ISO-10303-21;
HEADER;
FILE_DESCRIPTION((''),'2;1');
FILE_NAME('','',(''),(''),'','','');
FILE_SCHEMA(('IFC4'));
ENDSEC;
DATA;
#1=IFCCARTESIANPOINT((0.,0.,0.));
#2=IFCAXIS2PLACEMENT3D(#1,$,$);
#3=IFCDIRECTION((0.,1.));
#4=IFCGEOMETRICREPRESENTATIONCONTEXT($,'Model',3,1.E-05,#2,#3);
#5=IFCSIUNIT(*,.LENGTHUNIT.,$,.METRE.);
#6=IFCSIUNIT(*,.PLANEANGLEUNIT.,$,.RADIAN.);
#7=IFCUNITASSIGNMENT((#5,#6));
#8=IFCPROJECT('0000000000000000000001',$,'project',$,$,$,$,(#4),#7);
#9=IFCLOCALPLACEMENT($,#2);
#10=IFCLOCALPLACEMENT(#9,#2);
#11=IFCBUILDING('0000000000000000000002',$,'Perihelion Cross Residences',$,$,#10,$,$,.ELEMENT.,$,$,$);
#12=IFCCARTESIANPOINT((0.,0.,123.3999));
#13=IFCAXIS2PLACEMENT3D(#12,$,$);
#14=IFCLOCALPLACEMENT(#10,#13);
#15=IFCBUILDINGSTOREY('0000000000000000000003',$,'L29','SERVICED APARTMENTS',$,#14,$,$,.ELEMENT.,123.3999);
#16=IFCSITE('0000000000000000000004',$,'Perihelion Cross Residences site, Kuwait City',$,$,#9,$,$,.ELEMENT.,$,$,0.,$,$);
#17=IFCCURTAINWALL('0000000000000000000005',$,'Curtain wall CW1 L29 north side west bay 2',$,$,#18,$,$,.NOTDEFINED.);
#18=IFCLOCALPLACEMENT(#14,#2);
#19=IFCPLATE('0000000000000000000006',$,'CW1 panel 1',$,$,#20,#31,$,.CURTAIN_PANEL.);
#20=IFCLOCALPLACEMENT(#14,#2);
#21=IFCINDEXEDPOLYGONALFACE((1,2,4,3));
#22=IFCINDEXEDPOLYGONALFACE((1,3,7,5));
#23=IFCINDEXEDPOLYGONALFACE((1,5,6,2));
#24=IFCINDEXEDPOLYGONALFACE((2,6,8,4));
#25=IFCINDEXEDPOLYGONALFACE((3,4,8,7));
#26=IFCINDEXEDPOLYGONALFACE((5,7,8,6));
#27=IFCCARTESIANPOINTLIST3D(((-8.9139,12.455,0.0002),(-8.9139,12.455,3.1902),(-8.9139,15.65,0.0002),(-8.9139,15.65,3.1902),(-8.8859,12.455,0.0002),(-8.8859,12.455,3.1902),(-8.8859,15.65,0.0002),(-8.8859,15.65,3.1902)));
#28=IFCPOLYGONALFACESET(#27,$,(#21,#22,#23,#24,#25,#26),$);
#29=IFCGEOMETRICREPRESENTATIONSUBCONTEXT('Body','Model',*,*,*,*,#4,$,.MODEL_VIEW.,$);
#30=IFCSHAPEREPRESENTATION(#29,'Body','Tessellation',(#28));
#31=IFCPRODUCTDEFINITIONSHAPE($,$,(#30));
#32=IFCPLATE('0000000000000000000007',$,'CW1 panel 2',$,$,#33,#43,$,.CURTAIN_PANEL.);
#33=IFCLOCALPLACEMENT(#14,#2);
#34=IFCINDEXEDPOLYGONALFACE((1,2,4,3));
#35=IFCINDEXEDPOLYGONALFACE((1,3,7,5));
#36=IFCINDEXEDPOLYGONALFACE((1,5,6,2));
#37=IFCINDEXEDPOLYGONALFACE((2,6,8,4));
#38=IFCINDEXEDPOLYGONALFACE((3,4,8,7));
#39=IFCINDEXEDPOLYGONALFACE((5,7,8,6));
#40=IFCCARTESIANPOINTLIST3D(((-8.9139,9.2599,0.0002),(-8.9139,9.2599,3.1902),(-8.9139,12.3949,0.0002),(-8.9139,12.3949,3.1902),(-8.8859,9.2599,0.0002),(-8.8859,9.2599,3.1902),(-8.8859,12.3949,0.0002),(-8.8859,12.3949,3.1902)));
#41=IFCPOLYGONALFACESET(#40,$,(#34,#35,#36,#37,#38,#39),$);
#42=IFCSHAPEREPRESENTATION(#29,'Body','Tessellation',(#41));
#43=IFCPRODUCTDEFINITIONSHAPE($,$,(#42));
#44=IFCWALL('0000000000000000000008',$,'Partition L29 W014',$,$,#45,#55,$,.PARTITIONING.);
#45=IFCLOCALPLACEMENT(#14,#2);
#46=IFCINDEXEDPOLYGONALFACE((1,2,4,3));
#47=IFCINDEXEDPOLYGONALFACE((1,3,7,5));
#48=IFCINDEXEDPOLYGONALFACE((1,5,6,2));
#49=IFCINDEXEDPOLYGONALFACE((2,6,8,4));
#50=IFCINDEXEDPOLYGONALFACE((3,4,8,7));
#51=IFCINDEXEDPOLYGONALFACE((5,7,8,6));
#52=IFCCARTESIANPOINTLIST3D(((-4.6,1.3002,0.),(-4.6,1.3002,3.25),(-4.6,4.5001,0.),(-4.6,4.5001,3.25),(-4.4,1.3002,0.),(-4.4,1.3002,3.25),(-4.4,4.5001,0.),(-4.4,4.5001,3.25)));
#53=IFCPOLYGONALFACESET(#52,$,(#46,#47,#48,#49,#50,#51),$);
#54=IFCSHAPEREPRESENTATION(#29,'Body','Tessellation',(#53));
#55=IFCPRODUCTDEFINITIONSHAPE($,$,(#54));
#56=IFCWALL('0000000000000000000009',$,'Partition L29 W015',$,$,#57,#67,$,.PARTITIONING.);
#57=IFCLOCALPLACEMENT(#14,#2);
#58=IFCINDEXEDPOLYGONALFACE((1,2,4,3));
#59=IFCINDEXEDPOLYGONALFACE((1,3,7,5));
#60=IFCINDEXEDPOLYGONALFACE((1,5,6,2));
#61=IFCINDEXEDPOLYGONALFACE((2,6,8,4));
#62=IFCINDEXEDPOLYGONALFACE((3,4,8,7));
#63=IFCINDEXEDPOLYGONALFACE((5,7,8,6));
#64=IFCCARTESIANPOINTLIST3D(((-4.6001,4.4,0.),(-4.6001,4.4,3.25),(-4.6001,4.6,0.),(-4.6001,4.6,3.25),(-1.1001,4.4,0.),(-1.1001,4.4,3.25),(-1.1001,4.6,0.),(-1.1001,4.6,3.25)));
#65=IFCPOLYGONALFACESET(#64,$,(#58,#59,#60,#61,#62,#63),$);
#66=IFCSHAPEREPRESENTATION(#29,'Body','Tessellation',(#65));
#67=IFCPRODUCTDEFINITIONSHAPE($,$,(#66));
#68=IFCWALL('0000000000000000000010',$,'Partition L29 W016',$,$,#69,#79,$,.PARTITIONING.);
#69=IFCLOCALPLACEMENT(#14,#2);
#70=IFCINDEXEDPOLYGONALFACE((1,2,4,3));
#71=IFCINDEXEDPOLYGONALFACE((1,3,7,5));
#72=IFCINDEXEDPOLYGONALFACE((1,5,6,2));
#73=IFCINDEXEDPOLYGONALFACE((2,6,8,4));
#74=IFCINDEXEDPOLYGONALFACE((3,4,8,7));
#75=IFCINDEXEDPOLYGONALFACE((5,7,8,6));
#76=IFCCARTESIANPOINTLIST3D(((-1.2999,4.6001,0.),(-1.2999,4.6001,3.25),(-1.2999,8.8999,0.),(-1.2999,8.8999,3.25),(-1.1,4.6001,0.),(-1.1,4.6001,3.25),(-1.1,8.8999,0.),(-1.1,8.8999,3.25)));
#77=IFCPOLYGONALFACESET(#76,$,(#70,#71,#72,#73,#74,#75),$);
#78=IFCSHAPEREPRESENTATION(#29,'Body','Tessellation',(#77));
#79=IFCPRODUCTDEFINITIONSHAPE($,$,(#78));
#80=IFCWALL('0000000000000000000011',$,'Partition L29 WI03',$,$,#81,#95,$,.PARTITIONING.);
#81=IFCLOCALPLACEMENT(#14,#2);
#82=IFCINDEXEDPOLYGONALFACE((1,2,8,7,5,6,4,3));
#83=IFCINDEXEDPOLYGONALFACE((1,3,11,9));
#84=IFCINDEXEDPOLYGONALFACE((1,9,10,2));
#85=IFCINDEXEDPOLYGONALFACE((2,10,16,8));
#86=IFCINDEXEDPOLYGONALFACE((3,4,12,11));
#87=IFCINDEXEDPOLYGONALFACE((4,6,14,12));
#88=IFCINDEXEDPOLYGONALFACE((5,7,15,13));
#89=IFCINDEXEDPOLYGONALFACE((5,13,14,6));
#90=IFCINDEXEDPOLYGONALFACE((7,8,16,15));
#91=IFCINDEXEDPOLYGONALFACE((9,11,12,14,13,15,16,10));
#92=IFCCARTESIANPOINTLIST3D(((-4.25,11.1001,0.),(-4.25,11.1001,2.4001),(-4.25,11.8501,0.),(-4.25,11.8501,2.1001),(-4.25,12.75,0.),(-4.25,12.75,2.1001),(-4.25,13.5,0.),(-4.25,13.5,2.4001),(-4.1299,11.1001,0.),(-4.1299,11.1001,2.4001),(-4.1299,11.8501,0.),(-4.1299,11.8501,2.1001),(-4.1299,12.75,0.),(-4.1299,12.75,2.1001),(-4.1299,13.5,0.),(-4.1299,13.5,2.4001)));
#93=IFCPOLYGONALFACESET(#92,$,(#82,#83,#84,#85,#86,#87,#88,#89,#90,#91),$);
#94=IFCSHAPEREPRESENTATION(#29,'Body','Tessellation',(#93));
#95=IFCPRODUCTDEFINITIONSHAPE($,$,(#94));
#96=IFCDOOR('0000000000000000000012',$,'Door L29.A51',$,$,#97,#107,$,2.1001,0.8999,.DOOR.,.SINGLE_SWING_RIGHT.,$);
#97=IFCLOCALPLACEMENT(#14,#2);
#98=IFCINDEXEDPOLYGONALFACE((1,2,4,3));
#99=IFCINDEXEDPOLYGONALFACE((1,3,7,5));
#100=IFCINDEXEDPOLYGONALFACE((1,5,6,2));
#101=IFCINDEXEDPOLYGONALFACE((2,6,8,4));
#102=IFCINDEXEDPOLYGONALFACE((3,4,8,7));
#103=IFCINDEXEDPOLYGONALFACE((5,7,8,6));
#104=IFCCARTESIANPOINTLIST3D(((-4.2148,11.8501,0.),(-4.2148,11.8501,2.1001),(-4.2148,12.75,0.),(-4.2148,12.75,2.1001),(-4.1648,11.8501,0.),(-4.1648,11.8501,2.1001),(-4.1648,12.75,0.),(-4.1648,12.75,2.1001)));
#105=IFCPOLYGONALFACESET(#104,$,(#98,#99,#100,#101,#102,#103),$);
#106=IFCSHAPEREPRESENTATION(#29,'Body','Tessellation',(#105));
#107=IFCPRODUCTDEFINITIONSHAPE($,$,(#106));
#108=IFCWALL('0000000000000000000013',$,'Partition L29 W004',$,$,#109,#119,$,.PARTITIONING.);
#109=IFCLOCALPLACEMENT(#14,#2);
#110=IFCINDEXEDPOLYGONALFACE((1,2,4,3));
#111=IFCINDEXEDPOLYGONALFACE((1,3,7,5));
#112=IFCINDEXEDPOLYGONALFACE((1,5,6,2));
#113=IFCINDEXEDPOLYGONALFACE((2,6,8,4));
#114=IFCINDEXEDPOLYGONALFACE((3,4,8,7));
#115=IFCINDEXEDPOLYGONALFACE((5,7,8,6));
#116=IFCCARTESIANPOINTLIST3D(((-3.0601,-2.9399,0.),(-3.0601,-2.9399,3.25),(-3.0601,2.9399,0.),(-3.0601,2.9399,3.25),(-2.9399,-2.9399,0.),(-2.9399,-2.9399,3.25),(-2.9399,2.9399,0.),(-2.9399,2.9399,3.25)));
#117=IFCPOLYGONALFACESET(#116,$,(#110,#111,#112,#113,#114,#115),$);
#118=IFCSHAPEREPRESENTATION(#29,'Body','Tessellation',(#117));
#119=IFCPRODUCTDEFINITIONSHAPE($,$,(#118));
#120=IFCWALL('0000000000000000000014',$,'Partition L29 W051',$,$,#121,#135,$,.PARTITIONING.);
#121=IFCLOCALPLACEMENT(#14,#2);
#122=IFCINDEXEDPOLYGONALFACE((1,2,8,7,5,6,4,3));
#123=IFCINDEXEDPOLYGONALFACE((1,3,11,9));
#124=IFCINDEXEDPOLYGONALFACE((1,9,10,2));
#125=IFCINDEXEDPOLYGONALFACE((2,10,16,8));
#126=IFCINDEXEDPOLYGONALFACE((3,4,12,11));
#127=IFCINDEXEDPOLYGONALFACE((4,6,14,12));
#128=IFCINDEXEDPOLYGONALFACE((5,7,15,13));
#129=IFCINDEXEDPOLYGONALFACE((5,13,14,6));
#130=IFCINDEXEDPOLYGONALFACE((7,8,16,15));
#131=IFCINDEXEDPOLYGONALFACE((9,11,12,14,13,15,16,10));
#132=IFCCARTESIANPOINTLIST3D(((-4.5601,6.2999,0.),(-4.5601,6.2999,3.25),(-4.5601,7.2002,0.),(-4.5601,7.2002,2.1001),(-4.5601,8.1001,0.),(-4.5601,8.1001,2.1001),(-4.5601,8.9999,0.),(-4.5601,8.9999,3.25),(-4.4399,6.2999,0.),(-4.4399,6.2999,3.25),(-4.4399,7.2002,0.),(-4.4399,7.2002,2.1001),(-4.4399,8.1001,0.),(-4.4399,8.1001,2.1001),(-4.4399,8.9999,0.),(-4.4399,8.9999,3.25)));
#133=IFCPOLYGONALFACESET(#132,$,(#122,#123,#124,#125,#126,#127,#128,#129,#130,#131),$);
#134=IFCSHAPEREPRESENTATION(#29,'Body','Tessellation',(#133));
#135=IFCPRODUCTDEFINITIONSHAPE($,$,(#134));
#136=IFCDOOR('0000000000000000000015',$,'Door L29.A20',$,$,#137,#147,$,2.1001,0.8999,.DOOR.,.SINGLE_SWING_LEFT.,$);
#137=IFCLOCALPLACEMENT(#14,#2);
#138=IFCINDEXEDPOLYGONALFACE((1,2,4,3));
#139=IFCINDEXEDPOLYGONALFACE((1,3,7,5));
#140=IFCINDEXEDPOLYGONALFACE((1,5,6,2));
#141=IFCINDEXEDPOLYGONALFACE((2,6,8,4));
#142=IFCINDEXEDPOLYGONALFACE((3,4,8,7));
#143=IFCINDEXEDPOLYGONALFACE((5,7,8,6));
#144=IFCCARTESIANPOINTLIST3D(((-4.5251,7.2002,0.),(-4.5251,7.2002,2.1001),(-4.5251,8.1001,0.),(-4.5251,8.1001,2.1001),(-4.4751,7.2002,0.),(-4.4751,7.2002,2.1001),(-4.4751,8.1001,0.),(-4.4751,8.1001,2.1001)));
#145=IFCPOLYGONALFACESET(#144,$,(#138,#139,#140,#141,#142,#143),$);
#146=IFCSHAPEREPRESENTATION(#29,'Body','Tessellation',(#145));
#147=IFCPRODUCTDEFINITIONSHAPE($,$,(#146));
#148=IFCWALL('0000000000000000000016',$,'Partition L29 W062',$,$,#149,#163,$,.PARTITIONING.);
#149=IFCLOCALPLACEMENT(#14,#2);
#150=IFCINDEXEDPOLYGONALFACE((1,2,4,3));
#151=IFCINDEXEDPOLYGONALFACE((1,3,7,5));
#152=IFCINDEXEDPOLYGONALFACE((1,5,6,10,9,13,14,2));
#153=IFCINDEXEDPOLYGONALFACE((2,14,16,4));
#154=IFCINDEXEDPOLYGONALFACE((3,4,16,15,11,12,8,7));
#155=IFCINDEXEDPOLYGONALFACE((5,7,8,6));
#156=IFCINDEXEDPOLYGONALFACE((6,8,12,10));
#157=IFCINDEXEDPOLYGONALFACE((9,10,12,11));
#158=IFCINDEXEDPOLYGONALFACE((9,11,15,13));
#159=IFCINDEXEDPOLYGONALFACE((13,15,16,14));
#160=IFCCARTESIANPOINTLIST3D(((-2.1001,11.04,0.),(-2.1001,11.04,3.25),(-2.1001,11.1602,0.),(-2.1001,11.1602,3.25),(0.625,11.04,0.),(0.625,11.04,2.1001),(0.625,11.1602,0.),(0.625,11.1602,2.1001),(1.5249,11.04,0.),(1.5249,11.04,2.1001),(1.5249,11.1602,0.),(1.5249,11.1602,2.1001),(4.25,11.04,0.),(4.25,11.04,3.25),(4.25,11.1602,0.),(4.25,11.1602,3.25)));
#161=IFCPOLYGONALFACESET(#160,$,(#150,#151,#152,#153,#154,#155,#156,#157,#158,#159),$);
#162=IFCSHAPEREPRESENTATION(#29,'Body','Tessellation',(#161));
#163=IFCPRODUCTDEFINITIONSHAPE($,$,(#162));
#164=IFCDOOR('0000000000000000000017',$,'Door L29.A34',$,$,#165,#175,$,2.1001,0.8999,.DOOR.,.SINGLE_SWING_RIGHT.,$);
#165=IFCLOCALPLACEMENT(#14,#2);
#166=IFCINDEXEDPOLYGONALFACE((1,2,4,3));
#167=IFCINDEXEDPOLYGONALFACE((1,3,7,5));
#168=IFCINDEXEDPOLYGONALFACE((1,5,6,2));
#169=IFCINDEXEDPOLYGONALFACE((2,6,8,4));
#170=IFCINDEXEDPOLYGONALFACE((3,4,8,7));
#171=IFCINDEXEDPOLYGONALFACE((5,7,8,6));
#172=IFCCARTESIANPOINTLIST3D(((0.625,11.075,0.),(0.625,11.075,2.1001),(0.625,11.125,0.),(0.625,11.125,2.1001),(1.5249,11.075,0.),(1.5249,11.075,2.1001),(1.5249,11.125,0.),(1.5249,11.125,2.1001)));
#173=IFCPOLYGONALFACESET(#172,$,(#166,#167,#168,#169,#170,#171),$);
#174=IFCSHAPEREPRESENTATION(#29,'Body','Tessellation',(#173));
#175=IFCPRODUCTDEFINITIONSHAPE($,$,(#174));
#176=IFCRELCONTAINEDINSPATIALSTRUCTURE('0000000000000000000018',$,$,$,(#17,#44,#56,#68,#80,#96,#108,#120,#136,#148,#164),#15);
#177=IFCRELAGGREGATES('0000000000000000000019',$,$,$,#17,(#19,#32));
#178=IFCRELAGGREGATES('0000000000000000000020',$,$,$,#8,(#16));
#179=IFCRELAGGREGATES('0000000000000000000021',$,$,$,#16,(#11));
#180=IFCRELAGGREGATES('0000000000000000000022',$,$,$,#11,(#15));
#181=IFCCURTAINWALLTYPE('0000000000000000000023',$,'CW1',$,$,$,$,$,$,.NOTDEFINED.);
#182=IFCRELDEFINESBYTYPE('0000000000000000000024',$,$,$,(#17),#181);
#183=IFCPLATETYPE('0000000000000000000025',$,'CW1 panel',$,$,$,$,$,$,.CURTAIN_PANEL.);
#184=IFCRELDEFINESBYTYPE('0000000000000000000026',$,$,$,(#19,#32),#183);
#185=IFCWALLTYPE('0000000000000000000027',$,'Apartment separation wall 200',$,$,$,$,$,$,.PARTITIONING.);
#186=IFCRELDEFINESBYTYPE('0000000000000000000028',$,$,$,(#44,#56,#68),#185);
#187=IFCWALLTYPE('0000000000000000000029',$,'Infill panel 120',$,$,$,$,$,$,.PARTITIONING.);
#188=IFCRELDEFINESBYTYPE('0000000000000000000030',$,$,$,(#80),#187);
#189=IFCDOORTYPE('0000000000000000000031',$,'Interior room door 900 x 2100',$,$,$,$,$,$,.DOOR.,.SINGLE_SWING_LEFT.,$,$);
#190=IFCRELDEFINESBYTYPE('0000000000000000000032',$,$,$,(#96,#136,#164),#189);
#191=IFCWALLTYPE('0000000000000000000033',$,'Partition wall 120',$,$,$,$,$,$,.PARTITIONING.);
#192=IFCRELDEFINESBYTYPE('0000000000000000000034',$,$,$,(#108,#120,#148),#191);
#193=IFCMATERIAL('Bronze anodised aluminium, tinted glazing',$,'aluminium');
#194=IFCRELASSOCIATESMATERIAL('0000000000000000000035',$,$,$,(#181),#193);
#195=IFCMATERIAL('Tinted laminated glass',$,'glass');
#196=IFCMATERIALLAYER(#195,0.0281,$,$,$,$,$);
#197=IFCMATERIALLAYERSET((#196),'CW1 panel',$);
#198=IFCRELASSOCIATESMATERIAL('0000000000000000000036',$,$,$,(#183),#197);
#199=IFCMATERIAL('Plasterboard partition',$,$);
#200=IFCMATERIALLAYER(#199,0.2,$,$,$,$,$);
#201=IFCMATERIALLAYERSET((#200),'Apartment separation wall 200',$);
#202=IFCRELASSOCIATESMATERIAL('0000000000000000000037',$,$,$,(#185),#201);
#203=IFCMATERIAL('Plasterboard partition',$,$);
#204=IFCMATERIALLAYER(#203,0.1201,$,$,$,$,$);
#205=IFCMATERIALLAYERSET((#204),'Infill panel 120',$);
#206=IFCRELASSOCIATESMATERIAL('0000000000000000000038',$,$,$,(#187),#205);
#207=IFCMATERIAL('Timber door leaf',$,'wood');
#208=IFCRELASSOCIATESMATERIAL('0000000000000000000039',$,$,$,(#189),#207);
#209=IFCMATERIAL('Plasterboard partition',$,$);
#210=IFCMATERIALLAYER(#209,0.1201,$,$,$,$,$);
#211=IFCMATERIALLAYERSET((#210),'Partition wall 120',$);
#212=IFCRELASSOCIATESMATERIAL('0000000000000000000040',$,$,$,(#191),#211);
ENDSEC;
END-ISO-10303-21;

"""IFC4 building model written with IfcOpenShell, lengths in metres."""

from ifc_helpers import new_model, si_unit, direction, frame, frame_2d, origin, origin_2d, place, context, subcontext, project, spatial, rectangle, extrude, material, layer, layer_set, type_object, element, fill, aggregate, save


model = new_model("IFC4")

# Units and contexts
model_context = context("Model", 3, precision=1e-05, world=origin(), true_north=direction((0.0, 1.0)))
body_context = subcontext(model_context, "Body", "Model", "MODEL_VIEW")
ifc_project = project(units=[si_unit("LENGTHUNIT", "METRE"), si_unit("PLANEANGLEUNIT", "RADIAN")], contexts=[model_context])

# Site, building, storey
site_placement = place(None, origin())
site = spatial("IfcSite", under=ifc_project, at=site_placement, Name="Perihelion Cross Residences site, Kuwait City", CompositionType="ELEMENT", RefElevation=0.0)
building_placement = place(site_placement, origin())
building = spatial("IfcBuilding", under=site, at=building_placement, Name="Perihelion Cross Residences", CompositionType="ELEMENT")
storey_placement = place(building_placement, frame((0.0, 0.0, 123.3999)))
storey = spatial("IfcBuildingStorey", under=building, at=storey_placement, Name="L29", Description="SERVICED APARTMENTS", CompositionType="ELEMENT", Elevation=123.3999)

# Curtain wall
ifc_material_1 = material(Name="Bronze anodised aluminium, tinted glazing", Category="aluminium")
curtain_wall_type = type_object("IfcCurtainWallType", Name="CW1", PredefinedType="NOTDEFINED", material=ifc_material_1)
curtain_wall_placement = place(storey_placement, origin())
curtain_wall = element("IfcCurtainWall", 1, at=curtain_wall_placement, inside=storey, type_object=curtain_wall_type, Name="Curtain wall CW1 L29 north side west bay 2", PredefinedType="NOTDEFINED")

# Plates
ifc_material_2 = material(Name="Tinted laminated glass", Category="glass")
ifc_layer_1 = layer(ifc_material_2, 0.0281)
ifc_layer_set_1 = layer_set([ifc_layer_1], Name="CW1 panel")
plate_type = type_object("IfcPlateType", Name="CW1 panel", PredefinedType="CURTAIN_PANEL", material=ifc_layer_set_1)
plate_1_placement = place(storey_placement, frame((-8.8999, 14.0525, 0.0002), z_axis=(0.0, 0.0, 1.0), x_axis=(0.0, -1.0, 0.0)))
plate_1 = element("IfcPlate", 2, at=plate_1_placement, type_object=plate_type, Name="CW1 panel 1", PredefinedType="CURTAIN_PANEL", context=body_context, shape_type="SweptSolid", body=[
    extrude(rectangle(XDim=3.1951, YDim=0.0281, at=origin_2d()), origin(), (0.0, 0.0, 1.0), 3.1899),
])
plate_2_placement = place(storey_placement, frame((-8.8999, 10.8274, 0.0002), z_axis=(0.0, 0.0, 1.0), x_axis=(0.0, -1.0, 0.0)))
plate_2 = element("IfcPlate", 3, at=plate_2_placement, type_object=plate_type, Name="CW1 panel 2", PredefinedType="CURTAIN_PANEL", context=body_context, shape_type="SweptSolid", body=[
    extrude(rectangle(XDim=3.135, YDim=0.0281, at=origin_2d()), origin(), (0.0, 0.0, 1.0), 3.1899),
])
aggregate(curtain_wall, [plate_1, plate_2])

# Walls
ifc_material_3 = material(Name="Plasterboard partition")
ifc_layer_2 = layer(ifc_material_3, 0.2)
ifc_layer_set_2 = layer_set([ifc_layer_2], Name="Apartment separation wall 200")
wall_type_1 = type_object("IfcWallType", Name="Apartment separation wall 200", PredefinedType="PARTITIONING", material=ifc_layer_set_2)
wall_1_placement = place(storey_placement, frame((-4.5, 1.3, 0.0), z_axis=(0.0, 0.0, 1.0), x_axis=(0.0, 1.0, 0.0)))
element("IfcWall", 4, at=wall_1_placement, inside=storey, type_object=wall_type_1, Name="Partition L29 W014", PredefinedType="PARTITIONING", context=body_context, shape_type="SweptSolid", body=[
    extrude(rectangle(XDim=3.2, YDim=0.2, at=frame_2d((1.6001, 0.0))), origin(), (0.0, 0.0, 1.0), 3.25),
])
wall_2_placement = place(storey_placement, frame((-4.6001, 4.5, 0.0), z_axis=(0.0, 0.0, 1.0), x_axis=(1.0, 0.0, 0.0)))
element("IfcWall", 5, at=wall_2_placement, inside=storey, type_object=wall_type_1, Name="Partition L29 W015", PredefinedType="PARTITIONING", context=body_context, shape_type="SweptSolid", body=[
    extrude(rectangle(XDim=3.5, YDim=0.2, at=frame_2d((1.75, 0.0))), origin(), (0.0, 0.0, 1.0), 3.25),
])
wall_3_placement = place(storey_placement, frame((-1.2, 4.6001, 0.0), z_axis=(0.0, 0.0, 1.0), x_axis=(0.0, 1.0, 0.0)))
element("IfcWall", 6, at=wall_3_placement, inside=storey, type_object=wall_type_1, Name="Partition L29 W016", PredefinedType="PARTITIONING", context=body_context, shape_type="SweptSolid", body=[
    extrude(rectangle(XDim=4.2998, YDim=0.2, at=frame_2d((2.1499, 0.0))), origin(), (0.0, 0.0, 1.0), 3.25),
])

# Wall, opening, door
ifc_material_4 = material(Name="Plasterboard partition")
ifc_layer_3 = layer(ifc_material_4, 0.1201)
ifc_layer_set_3 = layer_set([ifc_layer_3], Name="Infill panel 120")
wall_type_2 = type_object("IfcWallType", Name="Infill panel 120", PredefinedType="PARTITIONING", material=ifc_layer_set_3)
wall_4_placement = place(storey_placement, frame((-4.1899, 11.1001, 0.0), z_axis=(0.0, 0.0, 1.0), x_axis=(0.0, 1.0, 0.0)))
wall_4 = element("IfcWall", 7, at=wall_4_placement, inside=storey, type_object=wall_type_2, Name="Partition L29 WI03", PredefinedType="PARTITIONING", context=body_context, shape_type="SweptSolid", body=[
    extrude(rectangle(XDim=2.3999, YDim=0.1201, at=frame_2d((1.2, 0.0))), origin(), (0.0, 0.0, 1.0), 2.4001),
])
opening_1_placement = place(wall_4_placement, frame((0.75, 0.0, 0.0)))
opening_1 = element("IfcOpeningElement", 8, at=opening_1_placement, cuts=wall_4, PredefinedType="OPENING", context=body_context, shape_type="SweptSolid", body=[
    extrude(rectangle(XDim=0.8999, YDim=2.1001, at=frame_2d((0.45, 1.05))), frame((0.0, 0.0701, 0.0), z_axis=(0.0, -1.0, 0.0), x_axis=(1.0, 0.0, 0.0)), (0.0, 0.0, 1.0), 0.1401),
])
ifc_material_5 = material(Name="Timber door leaf", Category="wood")
door_type_1 = type_object("IfcDoorType", Name="Interior room door 900 x 2100", OperationType="SINGLE_SWING_LEFT", PredefinedType="DOOR", material=ifc_material_5)
door_1_placement = place(opening_1_placement, origin())
door_1 = element("IfcDoor", 9, at=door_1_placement, inside=storey, type_object=door_type_1, Name="Door L29.A51", OperationType="SINGLE_SWING_RIGHT", OverallHeight=2.1001, OverallWidth=0.8999, PredefinedType="DOOR", context=body_context, shape_type="SweptSolid", body=[
    extrude(rectangle(XDim=0.8999, YDim=2.1001, at=frame_2d((0.45, 1.05))), frame((0.0, 0.0249, 0.0), z_axis=(0.0, -1.0, 0.0), x_axis=(1.0, 0.0, 0.0)), (0.0, 0.0, 1.0), 0.05),
])
fill(opening_1, door_1)

# Wall
ifc_material_6 = material(Name="Plasterboard partition")
ifc_layer_4 = layer(ifc_material_6, 0.1201)
ifc_layer_set_4 = layer_set([ifc_layer_4], Name="Partition wall 120")
wall_type_3 = type_object("IfcWallType", Name="Partition wall 120", PredefinedType="PARTITIONING", material=ifc_layer_set_4)
wall_5_placement = place(storey_placement, frame((-3.0, 2.9399, 0.0), z_axis=(0.0, 0.0, 1.0), x_axis=(0.0, -1.0, 0.0)))
element("IfcWall", 10, at=wall_5_placement, inside=storey, type_object=wall_type_3, Name="Partition L29 W004", PredefinedType="PARTITIONING", context=body_context, shape_type="SweptSolid", body=[
    extrude(rectangle(XDim=5.8799, YDim=0.1201, at=frame_2d((2.9399, 0.0))), origin(), (0.0, 0.0, 1.0), 3.25),
])

# Walls, openings, doors
wall_6_placement = place(storey_placement, frame((-4.5, 9.0, 0.0), z_axis=(0.0, 0.0, 1.0), x_axis=(0.0, -1.0, 0.0)))
wall_6 = element("IfcWall", 11, at=wall_6_placement, inside=storey, type_object=wall_type_3, Name="Partition L29 W051", PredefinedType="PARTITIONING", context=body_context, shape_type="SweptSolid", body=[
    extrude(rectangle(XDim=2.7, YDim=0.1201, at=frame_2d((1.3501, 0.0))), origin(), (0.0, 0.0, 1.0), 3.25),
])
opening_2_placement = place(wall_6_placement, frame((0.8999, 0.0, 0.0)))
opening_2 = element("IfcOpeningElement", 12, at=opening_2_placement, cuts=wall_6, PredefinedType="OPENING", context=body_context, shape_type="SweptSolid", body=[
    extrude(rectangle(XDim=0.8999, YDim=2.1001, at=frame_2d((0.45, 1.05))), frame((0.0, 0.0701, 0.0), z_axis=(0.0, -1.0, 0.0), x_axis=(1.0, 0.0, 0.0)), (0.0, 0.0, 1.0), 0.1401),
])
door_2_placement = place(opening_2_placement, origin())
door_2 = element("IfcDoor", 13, at=door_2_placement, inside=storey, type_object=door_type_1, Name="Door L29.A20", OperationType="SINGLE_SWING_LEFT", OverallHeight=2.1001, OverallWidth=0.8999, PredefinedType="DOOR", context=body_context, shape_type="SweptSolid", body=[
    extrude(rectangle(XDim=0.8999, YDim=2.1001, at=frame_2d((0.45, 1.05))), frame((0.0, 0.0249, 0.0), z_axis=(0.0, -1.0, 0.0), x_axis=(1.0, 0.0, 0.0)), (0.0, 0.0, 1.0), 0.05),
])
fill(opening_2, door_2)
wall_7_placement = place(storey_placement, frame((-2.1001, 11.1001, 0.0), z_axis=(0.0, 0.0, 1.0), x_axis=(1.0, 0.0, 0.0)))
wall_7 = element("IfcWall", 14, at=wall_7_placement, inside=storey, type_object=wall_type_3, Name="Partition L29 W062", PredefinedType="PARTITIONING", context=body_context, shape_type="SweptSolid", body=[
    extrude(rectangle(XDim=6.3501, YDim=0.1201, at=frame_2d((3.175, 0.0))), origin(), (0.0, 0.0, 1.0), 3.25),
])
opening_3_placement = place(wall_7_placement, frame((2.7251, 0.0, 0.0)))
opening_3 = element("IfcOpeningElement", 15, at=opening_3_placement, cuts=wall_7, PredefinedType="OPENING", context=body_context, shape_type="SweptSolid", body=[
    extrude(rectangle(XDim=0.8999, YDim=2.1001, at=frame_2d((0.45, 1.05))), frame((0.0, 0.0701, 0.0), z_axis=(0.0, -1.0, 0.0), x_axis=(1.0, 0.0, 0.0)), (0.0, 0.0, 1.0), 0.1401),
])
door_3_placement = place(opening_3_placement, origin())
door_3 = element("IfcDoor", 16, at=door_3_placement, inside=storey, type_object=door_type_1, Name="Door L29.A34", OperationType="SINGLE_SWING_RIGHT", OverallHeight=2.1001, OverallWidth=0.8999, PredefinedType="DOOR", context=body_context, shape_type="SweptSolid", body=[
    extrude(rectangle(XDim=0.8999, YDim=2.1001, at=frame_2d((0.45, 1.05))), frame((0.0, 0.0249, 0.0), z_axis=(0.0, -1.0, 0.0), x_axis=(1.0, 0.0, 0.0)), (0.0, 0.0, 1.0), 0.05),
])
fill(opening_3, door_3)

save(model, "model.ifc")
